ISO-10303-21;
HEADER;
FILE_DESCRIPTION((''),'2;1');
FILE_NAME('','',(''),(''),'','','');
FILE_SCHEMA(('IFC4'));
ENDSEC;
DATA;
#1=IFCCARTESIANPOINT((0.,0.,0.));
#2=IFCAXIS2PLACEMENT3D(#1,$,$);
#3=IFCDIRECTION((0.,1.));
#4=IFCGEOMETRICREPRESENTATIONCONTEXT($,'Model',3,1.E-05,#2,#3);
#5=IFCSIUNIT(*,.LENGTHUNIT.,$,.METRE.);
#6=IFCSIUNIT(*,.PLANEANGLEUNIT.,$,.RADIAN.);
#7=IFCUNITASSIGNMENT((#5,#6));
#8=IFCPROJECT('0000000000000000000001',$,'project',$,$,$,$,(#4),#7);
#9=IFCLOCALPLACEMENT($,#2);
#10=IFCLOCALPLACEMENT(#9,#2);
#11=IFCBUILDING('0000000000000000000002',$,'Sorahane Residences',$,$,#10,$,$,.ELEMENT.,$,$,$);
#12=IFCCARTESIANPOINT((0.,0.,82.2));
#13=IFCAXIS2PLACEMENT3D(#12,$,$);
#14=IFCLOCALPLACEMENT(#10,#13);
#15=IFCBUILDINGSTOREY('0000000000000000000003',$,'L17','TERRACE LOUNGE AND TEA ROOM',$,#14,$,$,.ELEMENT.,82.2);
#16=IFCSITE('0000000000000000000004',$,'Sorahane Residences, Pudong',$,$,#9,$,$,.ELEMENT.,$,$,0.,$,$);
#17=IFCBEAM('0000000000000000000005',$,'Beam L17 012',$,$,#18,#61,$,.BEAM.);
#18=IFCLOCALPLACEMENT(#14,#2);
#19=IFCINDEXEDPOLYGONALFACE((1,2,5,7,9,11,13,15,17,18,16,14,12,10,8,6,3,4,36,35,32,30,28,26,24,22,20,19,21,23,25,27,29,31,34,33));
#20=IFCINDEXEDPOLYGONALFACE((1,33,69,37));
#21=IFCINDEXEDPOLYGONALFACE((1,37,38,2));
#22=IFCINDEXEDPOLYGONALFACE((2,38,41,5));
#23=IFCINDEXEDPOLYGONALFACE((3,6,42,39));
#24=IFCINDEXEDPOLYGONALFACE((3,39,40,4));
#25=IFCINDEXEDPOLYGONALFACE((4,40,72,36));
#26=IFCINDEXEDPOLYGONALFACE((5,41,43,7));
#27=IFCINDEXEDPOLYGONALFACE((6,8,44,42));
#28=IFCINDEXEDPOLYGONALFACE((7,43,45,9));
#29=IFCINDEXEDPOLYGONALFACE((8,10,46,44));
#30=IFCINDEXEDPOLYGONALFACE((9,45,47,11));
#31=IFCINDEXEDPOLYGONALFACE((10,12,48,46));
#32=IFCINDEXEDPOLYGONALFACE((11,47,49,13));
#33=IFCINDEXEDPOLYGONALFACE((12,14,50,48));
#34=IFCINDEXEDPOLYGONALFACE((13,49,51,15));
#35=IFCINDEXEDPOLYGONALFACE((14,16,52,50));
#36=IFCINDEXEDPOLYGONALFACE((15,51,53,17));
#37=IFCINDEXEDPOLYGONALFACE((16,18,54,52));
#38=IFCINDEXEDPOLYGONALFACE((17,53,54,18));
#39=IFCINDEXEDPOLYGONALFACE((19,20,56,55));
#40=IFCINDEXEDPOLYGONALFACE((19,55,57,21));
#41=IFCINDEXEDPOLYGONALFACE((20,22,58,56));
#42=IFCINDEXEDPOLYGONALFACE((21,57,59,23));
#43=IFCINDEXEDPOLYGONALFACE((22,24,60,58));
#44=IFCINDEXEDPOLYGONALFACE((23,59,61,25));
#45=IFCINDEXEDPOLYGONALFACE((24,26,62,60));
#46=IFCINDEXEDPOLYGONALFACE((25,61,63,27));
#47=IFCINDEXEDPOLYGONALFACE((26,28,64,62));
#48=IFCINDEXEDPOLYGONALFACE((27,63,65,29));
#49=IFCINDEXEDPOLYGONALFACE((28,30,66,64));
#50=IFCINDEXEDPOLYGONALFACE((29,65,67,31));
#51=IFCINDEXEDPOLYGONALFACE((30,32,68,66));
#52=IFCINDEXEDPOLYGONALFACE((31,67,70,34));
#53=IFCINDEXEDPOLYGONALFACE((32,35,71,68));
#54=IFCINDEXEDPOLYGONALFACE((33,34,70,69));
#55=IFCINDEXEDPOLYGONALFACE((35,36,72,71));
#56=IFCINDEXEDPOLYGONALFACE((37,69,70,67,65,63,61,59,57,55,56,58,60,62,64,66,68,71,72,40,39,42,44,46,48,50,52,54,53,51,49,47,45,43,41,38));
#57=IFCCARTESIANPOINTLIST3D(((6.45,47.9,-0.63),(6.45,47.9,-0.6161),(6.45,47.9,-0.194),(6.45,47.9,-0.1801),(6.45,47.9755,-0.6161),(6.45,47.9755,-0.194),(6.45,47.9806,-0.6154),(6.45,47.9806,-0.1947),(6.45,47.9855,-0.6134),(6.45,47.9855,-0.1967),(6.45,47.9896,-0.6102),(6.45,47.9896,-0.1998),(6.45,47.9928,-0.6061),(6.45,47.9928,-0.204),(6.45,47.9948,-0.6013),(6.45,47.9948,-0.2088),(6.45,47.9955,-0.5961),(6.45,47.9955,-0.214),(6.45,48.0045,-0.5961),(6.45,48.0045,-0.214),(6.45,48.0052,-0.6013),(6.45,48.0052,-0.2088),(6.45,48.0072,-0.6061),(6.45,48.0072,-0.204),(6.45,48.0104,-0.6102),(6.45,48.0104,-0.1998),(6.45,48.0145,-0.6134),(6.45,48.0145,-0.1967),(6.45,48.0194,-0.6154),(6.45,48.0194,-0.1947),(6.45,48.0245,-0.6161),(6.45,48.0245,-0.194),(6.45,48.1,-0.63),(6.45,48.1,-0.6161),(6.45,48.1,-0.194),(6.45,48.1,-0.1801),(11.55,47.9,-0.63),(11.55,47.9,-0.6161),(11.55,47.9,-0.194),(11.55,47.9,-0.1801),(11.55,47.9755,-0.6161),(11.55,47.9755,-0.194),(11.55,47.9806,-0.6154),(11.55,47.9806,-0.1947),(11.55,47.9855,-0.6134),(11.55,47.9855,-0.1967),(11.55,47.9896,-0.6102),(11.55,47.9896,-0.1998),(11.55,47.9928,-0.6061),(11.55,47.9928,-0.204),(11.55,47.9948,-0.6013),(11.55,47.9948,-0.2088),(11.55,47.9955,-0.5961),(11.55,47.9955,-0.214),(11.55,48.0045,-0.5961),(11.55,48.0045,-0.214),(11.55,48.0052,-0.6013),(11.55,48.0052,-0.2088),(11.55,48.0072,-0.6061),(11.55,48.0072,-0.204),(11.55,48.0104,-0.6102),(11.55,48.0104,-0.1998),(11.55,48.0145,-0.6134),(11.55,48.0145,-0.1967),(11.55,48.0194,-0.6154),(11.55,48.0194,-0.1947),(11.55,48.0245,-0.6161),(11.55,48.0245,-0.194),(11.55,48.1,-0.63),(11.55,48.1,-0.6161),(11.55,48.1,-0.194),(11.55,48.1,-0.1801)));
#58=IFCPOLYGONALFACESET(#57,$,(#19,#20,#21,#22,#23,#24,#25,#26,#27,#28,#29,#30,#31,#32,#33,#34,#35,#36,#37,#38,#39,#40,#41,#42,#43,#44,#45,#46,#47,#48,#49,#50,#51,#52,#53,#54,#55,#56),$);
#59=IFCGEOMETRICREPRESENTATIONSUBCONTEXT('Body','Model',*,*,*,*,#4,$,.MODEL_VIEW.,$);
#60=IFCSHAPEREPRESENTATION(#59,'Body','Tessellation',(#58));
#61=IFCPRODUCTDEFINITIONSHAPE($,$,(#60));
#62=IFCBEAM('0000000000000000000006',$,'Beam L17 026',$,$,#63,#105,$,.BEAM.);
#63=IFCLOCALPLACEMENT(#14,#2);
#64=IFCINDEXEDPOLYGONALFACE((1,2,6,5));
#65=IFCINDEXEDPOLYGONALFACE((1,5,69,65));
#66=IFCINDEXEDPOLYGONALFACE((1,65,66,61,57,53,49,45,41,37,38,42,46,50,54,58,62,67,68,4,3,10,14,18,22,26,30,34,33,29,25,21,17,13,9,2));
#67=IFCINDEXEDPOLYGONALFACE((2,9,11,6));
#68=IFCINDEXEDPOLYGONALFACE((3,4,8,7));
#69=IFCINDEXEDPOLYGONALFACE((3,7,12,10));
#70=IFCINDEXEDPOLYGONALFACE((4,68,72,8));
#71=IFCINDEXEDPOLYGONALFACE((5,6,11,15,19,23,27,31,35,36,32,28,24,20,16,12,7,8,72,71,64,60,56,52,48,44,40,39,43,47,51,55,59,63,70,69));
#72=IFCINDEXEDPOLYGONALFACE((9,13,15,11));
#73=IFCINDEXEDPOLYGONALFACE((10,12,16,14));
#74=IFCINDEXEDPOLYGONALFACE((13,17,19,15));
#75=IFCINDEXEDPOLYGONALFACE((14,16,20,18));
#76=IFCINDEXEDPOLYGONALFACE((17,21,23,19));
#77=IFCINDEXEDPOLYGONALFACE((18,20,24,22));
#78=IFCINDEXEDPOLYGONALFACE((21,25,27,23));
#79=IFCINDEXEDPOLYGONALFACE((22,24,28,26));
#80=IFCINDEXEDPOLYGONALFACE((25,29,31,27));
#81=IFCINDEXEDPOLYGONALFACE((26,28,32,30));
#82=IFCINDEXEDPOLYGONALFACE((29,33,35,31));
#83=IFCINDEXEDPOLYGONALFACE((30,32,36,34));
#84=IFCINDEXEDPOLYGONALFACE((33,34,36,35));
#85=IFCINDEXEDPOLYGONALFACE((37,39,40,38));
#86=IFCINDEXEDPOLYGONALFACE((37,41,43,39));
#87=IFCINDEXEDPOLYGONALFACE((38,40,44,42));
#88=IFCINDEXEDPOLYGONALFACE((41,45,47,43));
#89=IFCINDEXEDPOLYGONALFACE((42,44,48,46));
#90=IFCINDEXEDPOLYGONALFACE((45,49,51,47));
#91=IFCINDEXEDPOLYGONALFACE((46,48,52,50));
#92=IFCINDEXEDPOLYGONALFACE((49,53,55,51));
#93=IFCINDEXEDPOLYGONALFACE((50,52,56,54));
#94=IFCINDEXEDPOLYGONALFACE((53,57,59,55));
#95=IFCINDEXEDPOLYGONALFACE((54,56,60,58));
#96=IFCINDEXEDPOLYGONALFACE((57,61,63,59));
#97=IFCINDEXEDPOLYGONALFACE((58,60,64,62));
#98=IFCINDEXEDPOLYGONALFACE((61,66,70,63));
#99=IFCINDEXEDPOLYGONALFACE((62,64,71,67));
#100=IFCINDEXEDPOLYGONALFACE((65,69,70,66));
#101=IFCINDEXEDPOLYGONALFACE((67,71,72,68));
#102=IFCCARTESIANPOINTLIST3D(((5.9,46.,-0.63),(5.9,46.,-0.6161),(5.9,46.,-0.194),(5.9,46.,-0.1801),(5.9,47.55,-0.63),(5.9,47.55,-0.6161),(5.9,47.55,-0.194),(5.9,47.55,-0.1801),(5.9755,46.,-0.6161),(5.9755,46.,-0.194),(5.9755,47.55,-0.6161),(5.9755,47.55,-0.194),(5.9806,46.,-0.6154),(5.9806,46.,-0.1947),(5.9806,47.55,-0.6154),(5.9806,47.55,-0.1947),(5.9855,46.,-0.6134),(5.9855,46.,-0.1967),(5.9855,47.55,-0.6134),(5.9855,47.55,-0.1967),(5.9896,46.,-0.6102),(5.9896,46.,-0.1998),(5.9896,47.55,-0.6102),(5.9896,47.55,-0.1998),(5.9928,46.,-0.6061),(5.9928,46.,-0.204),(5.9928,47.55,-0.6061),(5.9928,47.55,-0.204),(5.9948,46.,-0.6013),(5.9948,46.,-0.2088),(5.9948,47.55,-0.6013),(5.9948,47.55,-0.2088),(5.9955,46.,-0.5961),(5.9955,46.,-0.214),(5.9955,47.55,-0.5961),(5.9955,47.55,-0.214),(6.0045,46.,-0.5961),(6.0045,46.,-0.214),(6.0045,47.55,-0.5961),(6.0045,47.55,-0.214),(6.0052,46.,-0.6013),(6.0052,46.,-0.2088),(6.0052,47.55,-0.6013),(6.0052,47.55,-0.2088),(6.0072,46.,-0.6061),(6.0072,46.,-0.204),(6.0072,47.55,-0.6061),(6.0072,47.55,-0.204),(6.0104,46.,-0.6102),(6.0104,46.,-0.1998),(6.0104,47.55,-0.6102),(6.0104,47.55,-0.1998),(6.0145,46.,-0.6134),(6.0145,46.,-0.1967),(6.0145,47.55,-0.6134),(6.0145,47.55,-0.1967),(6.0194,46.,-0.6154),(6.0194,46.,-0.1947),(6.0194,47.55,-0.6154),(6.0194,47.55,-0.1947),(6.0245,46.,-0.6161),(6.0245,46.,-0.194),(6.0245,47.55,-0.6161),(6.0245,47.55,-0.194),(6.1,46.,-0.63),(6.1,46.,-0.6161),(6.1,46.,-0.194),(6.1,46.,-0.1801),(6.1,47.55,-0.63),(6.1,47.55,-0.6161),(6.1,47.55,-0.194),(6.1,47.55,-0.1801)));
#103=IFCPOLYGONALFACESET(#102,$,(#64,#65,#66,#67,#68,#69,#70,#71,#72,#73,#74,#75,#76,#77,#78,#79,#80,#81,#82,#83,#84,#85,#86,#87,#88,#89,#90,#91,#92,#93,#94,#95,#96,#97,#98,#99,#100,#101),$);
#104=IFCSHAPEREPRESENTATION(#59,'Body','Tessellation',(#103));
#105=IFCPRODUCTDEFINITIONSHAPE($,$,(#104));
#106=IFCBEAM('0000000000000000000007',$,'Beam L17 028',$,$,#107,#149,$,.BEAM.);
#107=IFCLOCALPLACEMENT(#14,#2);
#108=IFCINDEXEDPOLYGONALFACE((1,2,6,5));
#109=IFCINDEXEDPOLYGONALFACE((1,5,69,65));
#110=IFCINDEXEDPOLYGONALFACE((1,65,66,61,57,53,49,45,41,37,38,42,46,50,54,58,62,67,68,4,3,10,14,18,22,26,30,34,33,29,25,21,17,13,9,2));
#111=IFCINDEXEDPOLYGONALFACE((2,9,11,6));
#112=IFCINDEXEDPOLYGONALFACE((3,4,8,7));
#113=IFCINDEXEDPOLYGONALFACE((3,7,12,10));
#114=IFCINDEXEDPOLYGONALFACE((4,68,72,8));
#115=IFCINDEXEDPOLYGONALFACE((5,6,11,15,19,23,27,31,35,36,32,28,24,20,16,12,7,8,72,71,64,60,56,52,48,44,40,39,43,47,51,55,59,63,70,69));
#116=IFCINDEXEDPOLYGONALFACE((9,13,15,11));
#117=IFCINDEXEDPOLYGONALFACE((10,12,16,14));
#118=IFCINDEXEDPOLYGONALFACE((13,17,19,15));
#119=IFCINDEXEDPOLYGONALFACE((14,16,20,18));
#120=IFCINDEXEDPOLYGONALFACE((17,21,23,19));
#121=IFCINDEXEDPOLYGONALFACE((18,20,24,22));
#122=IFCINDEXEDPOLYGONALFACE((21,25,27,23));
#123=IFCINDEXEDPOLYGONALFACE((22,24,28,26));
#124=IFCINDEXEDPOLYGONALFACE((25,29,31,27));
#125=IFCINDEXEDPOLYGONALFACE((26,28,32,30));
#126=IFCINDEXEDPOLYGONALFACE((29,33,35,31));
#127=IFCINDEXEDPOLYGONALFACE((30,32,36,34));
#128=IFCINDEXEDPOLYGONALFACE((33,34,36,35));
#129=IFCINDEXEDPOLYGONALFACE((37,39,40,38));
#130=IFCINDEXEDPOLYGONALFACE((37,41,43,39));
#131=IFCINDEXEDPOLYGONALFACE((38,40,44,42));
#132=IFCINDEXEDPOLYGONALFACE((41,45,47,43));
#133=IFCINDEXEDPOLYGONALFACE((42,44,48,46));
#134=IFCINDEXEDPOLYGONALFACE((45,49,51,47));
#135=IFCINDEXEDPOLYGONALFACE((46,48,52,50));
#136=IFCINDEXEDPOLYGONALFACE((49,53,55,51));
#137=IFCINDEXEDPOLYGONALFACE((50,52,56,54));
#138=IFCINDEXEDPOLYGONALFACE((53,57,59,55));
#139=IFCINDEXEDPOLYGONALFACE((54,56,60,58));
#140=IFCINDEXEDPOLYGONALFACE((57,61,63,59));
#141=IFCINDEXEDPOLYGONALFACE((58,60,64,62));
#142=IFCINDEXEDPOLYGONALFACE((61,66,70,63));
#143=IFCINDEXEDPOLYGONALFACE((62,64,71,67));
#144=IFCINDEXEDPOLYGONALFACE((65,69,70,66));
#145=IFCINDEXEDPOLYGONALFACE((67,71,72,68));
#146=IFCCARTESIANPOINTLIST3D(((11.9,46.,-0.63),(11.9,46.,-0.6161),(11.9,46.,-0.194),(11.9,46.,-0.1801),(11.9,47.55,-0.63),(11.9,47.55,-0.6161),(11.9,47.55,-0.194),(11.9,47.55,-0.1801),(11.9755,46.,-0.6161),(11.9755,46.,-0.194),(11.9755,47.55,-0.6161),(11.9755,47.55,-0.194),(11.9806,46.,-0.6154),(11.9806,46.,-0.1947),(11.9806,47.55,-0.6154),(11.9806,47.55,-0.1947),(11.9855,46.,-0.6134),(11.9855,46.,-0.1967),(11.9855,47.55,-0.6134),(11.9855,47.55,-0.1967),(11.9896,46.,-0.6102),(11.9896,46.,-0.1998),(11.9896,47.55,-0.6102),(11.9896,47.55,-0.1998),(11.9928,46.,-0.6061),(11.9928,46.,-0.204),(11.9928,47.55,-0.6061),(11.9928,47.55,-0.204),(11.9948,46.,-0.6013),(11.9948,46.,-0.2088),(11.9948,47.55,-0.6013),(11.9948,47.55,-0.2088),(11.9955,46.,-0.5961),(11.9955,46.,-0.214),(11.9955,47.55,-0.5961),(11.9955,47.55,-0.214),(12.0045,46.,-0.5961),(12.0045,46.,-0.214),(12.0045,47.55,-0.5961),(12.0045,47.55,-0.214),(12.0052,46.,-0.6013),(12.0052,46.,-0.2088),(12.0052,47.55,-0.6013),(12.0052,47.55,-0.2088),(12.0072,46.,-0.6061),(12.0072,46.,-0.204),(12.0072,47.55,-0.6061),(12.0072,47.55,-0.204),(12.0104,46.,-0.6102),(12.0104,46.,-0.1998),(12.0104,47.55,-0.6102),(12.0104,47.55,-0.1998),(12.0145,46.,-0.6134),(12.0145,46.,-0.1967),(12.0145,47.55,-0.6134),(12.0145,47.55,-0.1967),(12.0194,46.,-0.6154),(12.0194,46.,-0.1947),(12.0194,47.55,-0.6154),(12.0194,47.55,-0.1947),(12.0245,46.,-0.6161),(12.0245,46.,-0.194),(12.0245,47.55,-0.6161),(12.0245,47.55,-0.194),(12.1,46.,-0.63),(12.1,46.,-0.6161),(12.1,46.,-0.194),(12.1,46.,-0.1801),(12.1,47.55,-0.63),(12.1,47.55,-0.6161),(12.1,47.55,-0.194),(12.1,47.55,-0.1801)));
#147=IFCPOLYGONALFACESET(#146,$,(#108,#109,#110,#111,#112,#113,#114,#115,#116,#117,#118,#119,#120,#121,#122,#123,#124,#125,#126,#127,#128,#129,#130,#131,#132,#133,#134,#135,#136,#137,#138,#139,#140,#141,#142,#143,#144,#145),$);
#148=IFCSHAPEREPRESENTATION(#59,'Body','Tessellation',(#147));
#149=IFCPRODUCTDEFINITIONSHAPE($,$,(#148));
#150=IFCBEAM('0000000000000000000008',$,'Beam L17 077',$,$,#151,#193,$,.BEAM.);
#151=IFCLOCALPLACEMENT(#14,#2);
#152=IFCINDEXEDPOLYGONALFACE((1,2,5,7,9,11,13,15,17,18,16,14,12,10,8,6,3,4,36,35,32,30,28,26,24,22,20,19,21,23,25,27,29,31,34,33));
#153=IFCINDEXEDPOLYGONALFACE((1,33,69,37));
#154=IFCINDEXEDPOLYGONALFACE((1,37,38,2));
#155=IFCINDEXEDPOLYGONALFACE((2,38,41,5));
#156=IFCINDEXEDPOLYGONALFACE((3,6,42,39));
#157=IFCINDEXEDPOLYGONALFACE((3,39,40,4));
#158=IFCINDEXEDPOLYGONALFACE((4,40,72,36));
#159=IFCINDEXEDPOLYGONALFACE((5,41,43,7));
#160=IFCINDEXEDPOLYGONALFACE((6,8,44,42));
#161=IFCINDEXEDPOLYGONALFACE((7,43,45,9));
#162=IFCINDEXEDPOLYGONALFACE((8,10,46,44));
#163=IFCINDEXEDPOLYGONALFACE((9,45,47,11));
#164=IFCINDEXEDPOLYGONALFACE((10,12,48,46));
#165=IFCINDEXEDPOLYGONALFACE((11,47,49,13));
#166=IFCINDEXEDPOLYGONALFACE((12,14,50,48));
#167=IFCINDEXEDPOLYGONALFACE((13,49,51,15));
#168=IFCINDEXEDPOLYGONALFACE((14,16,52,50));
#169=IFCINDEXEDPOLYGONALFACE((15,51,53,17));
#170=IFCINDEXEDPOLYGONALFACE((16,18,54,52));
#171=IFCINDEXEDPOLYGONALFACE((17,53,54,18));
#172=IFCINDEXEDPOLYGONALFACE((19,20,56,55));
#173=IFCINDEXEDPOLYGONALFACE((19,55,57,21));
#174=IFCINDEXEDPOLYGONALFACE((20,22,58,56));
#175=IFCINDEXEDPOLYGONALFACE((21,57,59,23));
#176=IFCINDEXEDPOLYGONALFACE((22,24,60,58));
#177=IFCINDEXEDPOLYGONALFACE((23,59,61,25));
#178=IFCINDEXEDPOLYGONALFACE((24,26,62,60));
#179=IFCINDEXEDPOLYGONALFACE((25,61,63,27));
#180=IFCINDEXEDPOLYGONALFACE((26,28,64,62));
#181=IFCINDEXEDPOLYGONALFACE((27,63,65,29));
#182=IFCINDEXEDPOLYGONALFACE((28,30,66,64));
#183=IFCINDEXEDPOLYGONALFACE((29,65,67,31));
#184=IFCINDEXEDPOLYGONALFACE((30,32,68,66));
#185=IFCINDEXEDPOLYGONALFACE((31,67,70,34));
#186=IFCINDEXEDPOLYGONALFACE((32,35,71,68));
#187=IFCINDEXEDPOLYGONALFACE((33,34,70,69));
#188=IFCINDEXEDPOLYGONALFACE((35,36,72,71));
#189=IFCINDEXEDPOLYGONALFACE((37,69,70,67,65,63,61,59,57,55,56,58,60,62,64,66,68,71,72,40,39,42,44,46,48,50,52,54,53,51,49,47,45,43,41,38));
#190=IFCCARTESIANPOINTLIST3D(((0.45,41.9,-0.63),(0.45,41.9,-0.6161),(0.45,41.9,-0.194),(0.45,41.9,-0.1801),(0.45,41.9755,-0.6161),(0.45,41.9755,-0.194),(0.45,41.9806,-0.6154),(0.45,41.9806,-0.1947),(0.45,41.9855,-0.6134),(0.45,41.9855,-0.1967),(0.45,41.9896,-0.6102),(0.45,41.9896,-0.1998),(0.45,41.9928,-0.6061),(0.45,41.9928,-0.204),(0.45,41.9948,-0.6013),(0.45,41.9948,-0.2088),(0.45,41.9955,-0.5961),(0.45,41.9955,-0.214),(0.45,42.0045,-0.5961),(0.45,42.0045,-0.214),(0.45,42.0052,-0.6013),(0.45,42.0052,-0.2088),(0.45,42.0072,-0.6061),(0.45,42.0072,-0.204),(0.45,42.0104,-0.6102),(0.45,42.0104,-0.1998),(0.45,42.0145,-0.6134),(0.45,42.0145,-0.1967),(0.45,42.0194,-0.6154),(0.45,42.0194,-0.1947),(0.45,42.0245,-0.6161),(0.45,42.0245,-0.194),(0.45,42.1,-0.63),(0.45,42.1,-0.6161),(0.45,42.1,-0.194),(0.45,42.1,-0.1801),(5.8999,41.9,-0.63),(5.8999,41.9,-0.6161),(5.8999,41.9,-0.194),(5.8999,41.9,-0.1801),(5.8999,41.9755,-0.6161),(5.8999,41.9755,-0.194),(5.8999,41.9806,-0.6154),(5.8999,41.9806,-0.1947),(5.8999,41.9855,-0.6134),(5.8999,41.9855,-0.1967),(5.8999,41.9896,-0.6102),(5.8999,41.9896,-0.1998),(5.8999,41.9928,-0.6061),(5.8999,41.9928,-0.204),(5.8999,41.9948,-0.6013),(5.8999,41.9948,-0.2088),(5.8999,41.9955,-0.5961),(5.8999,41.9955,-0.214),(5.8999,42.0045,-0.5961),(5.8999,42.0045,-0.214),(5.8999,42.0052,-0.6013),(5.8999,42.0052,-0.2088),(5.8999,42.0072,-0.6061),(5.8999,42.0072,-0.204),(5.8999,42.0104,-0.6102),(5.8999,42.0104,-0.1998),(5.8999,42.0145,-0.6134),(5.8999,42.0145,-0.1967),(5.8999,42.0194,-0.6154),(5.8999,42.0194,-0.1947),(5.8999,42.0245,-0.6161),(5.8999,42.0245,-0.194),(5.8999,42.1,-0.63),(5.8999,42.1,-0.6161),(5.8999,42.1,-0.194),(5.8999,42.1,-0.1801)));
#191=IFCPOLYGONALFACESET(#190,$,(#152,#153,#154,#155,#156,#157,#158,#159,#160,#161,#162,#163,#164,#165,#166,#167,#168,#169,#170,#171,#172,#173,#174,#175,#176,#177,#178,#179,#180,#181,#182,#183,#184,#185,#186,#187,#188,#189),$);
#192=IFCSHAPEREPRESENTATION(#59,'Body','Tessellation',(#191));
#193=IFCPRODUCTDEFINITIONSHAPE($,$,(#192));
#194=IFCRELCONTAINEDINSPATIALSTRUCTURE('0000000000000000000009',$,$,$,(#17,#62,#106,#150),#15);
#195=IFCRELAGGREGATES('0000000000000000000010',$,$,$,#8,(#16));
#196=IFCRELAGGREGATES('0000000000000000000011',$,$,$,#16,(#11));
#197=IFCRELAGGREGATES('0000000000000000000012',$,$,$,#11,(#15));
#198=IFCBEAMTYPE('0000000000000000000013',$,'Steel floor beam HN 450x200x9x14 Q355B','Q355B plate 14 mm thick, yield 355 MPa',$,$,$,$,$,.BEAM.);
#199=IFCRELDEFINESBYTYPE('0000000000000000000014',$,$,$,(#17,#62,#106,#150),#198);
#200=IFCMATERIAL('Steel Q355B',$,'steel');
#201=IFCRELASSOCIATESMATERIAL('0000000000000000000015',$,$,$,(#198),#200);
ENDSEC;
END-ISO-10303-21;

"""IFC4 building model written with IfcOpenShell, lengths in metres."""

from ifc_helpers import new_model, si_unit, direction, frame, origin, origin_2d, place, context, subcontext, project, spatial, i_section, extrude, material, material_profile, profile_set, type_object, element, save


model = new_model("IFC4")

# Units and contexts
model_context = context("Model", 3, precision=1e-05, world=origin(), true_north=direction((0.0, 1.0)))
body_context = subcontext(model_context, "Body", "Model", "MODEL_VIEW")
ifc_project = project(units=[si_unit("LENGTHUNIT", "METRE"), si_unit("PLANEANGLEUNIT", "RADIAN")], contexts=[model_context])

# Site, building, storey
site_placement = place(None, origin())
site = spatial("IfcSite", under=ifc_project, at=site_placement, Name="Sorahane Residences, Pudong", CompositionType="ELEMENT", RefElevation=0.0)
building_placement = place(site_placement, origin())
building = spatial("IfcBuilding", under=site, at=building_placement, Name="Sorahane Residences", CompositionType="ELEMENT")
storey_placement = place(building_placement, frame((0.0, 0.0, 82.2)))
storey = spatial("IfcBuildingStorey", under=building, at=storey_placement, Name="L17", Description="TERRACE LOUNGE AND TEA ROOM", CompositionType="ELEMENT", Elevation=82.2)

# Beams
ifc_material_1 = material(Name="Steel Q355B", Category="steel")
ifc_material_profile_1 = material_profile(ifc_material_1, i_section(OverallWidth=0.2, OverallDepth=0.45, WebThickness=0.009, FlangeThickness=0.0139, FilletRadius=0.02, at=origin_2d()), Name="HN 450x200x9x14")
ifc_profile_set_1 = profile_set([ifc_material_profile_1], Name="Steel Q355B")
beam_type_1 = type_object("IfcBeamType", Name="Steel floor beam HN 450x200x9x14 Q355B", Description="Q355B plate 14 mm thick, yield 355 MPa", PredefinedType="BEAM", material=ifc_profile_set_1)
beam_1_placement = place(storey_placement, frame((6.45, 48.0, -0.405), z_axis=(1.0, 0.0, 0.0), x_axis=(0.0, 1.0, 0.0)))
element("IfcBeam", 1, at=beam_1_placement, inside=storey, type_object=beam_type_1, Name="Beam L17 012", PredefinedType="BEAM", context=body_context, shape_type="SweptSolid", body=[
    extrude(i_section(OverallWidth=0.2, OverallDepth=0.45, WebThickness=0.009, FlangeThickness=0.0139, FilletRadius=0.02, at=origin_2d()), origin(), (0.0, 0.0, 1.0), 5.1001),
])
for number, where, z_axis, x_axis, name in (
    (2, (6.0, 46.0, -0.405), (0.0, 1.0, 0.0), (-1.0, 0.0, 0.0), "Beam L17 026"),
    (3, (12.0, 46.0, -0.405), (0.0, 1.0, 0.0), (-1.0, 0.0, 0.0), "Beam L17 028"),
):
    element("IfcBeam", number, at=place(storey_placement, frame(where, z_axis=z_axis, x_axis=x_axis)), inside=storey, type_object=beam_type_1, Name=name, PredefinedType="BEAM", context=body_context, shape_type="SweptSolid", body=[
        extrude(i_section(OverallWidth=0.2, OverallDepth=0.45, WebThickness=0.009, FlangeThickness=0.0139, FilletRadius=0.02, at=origin_2d()), origin(), (0.0, 0.0, 1.0), 1.55),
    ])
beam_2_placement = place(storey_placement, frame((0.45, 42.0, -0.405), z_axis=(1.0, 0.0, 0.0), x_axis=(0.0, 1.0, 0.0)))
element("IfcBeam", 4, at=beam_2_placement, inside=storey, type_object=beam_type_1, Name="Beam L17 077", PredefinedType="BEAM", context=body_context, shape_type="SweptSolid", body=[
    extrude(i_section(OverallWidth=0.2, OverallDepth=0.45, WebThickness=0.009, FlangeThickness=0.0139, FilletRadius=0.02, at=origin_2d()), origin(), (0.0, 0.0, 1.0), 5.45),
])

save(model, "model.ifc")
